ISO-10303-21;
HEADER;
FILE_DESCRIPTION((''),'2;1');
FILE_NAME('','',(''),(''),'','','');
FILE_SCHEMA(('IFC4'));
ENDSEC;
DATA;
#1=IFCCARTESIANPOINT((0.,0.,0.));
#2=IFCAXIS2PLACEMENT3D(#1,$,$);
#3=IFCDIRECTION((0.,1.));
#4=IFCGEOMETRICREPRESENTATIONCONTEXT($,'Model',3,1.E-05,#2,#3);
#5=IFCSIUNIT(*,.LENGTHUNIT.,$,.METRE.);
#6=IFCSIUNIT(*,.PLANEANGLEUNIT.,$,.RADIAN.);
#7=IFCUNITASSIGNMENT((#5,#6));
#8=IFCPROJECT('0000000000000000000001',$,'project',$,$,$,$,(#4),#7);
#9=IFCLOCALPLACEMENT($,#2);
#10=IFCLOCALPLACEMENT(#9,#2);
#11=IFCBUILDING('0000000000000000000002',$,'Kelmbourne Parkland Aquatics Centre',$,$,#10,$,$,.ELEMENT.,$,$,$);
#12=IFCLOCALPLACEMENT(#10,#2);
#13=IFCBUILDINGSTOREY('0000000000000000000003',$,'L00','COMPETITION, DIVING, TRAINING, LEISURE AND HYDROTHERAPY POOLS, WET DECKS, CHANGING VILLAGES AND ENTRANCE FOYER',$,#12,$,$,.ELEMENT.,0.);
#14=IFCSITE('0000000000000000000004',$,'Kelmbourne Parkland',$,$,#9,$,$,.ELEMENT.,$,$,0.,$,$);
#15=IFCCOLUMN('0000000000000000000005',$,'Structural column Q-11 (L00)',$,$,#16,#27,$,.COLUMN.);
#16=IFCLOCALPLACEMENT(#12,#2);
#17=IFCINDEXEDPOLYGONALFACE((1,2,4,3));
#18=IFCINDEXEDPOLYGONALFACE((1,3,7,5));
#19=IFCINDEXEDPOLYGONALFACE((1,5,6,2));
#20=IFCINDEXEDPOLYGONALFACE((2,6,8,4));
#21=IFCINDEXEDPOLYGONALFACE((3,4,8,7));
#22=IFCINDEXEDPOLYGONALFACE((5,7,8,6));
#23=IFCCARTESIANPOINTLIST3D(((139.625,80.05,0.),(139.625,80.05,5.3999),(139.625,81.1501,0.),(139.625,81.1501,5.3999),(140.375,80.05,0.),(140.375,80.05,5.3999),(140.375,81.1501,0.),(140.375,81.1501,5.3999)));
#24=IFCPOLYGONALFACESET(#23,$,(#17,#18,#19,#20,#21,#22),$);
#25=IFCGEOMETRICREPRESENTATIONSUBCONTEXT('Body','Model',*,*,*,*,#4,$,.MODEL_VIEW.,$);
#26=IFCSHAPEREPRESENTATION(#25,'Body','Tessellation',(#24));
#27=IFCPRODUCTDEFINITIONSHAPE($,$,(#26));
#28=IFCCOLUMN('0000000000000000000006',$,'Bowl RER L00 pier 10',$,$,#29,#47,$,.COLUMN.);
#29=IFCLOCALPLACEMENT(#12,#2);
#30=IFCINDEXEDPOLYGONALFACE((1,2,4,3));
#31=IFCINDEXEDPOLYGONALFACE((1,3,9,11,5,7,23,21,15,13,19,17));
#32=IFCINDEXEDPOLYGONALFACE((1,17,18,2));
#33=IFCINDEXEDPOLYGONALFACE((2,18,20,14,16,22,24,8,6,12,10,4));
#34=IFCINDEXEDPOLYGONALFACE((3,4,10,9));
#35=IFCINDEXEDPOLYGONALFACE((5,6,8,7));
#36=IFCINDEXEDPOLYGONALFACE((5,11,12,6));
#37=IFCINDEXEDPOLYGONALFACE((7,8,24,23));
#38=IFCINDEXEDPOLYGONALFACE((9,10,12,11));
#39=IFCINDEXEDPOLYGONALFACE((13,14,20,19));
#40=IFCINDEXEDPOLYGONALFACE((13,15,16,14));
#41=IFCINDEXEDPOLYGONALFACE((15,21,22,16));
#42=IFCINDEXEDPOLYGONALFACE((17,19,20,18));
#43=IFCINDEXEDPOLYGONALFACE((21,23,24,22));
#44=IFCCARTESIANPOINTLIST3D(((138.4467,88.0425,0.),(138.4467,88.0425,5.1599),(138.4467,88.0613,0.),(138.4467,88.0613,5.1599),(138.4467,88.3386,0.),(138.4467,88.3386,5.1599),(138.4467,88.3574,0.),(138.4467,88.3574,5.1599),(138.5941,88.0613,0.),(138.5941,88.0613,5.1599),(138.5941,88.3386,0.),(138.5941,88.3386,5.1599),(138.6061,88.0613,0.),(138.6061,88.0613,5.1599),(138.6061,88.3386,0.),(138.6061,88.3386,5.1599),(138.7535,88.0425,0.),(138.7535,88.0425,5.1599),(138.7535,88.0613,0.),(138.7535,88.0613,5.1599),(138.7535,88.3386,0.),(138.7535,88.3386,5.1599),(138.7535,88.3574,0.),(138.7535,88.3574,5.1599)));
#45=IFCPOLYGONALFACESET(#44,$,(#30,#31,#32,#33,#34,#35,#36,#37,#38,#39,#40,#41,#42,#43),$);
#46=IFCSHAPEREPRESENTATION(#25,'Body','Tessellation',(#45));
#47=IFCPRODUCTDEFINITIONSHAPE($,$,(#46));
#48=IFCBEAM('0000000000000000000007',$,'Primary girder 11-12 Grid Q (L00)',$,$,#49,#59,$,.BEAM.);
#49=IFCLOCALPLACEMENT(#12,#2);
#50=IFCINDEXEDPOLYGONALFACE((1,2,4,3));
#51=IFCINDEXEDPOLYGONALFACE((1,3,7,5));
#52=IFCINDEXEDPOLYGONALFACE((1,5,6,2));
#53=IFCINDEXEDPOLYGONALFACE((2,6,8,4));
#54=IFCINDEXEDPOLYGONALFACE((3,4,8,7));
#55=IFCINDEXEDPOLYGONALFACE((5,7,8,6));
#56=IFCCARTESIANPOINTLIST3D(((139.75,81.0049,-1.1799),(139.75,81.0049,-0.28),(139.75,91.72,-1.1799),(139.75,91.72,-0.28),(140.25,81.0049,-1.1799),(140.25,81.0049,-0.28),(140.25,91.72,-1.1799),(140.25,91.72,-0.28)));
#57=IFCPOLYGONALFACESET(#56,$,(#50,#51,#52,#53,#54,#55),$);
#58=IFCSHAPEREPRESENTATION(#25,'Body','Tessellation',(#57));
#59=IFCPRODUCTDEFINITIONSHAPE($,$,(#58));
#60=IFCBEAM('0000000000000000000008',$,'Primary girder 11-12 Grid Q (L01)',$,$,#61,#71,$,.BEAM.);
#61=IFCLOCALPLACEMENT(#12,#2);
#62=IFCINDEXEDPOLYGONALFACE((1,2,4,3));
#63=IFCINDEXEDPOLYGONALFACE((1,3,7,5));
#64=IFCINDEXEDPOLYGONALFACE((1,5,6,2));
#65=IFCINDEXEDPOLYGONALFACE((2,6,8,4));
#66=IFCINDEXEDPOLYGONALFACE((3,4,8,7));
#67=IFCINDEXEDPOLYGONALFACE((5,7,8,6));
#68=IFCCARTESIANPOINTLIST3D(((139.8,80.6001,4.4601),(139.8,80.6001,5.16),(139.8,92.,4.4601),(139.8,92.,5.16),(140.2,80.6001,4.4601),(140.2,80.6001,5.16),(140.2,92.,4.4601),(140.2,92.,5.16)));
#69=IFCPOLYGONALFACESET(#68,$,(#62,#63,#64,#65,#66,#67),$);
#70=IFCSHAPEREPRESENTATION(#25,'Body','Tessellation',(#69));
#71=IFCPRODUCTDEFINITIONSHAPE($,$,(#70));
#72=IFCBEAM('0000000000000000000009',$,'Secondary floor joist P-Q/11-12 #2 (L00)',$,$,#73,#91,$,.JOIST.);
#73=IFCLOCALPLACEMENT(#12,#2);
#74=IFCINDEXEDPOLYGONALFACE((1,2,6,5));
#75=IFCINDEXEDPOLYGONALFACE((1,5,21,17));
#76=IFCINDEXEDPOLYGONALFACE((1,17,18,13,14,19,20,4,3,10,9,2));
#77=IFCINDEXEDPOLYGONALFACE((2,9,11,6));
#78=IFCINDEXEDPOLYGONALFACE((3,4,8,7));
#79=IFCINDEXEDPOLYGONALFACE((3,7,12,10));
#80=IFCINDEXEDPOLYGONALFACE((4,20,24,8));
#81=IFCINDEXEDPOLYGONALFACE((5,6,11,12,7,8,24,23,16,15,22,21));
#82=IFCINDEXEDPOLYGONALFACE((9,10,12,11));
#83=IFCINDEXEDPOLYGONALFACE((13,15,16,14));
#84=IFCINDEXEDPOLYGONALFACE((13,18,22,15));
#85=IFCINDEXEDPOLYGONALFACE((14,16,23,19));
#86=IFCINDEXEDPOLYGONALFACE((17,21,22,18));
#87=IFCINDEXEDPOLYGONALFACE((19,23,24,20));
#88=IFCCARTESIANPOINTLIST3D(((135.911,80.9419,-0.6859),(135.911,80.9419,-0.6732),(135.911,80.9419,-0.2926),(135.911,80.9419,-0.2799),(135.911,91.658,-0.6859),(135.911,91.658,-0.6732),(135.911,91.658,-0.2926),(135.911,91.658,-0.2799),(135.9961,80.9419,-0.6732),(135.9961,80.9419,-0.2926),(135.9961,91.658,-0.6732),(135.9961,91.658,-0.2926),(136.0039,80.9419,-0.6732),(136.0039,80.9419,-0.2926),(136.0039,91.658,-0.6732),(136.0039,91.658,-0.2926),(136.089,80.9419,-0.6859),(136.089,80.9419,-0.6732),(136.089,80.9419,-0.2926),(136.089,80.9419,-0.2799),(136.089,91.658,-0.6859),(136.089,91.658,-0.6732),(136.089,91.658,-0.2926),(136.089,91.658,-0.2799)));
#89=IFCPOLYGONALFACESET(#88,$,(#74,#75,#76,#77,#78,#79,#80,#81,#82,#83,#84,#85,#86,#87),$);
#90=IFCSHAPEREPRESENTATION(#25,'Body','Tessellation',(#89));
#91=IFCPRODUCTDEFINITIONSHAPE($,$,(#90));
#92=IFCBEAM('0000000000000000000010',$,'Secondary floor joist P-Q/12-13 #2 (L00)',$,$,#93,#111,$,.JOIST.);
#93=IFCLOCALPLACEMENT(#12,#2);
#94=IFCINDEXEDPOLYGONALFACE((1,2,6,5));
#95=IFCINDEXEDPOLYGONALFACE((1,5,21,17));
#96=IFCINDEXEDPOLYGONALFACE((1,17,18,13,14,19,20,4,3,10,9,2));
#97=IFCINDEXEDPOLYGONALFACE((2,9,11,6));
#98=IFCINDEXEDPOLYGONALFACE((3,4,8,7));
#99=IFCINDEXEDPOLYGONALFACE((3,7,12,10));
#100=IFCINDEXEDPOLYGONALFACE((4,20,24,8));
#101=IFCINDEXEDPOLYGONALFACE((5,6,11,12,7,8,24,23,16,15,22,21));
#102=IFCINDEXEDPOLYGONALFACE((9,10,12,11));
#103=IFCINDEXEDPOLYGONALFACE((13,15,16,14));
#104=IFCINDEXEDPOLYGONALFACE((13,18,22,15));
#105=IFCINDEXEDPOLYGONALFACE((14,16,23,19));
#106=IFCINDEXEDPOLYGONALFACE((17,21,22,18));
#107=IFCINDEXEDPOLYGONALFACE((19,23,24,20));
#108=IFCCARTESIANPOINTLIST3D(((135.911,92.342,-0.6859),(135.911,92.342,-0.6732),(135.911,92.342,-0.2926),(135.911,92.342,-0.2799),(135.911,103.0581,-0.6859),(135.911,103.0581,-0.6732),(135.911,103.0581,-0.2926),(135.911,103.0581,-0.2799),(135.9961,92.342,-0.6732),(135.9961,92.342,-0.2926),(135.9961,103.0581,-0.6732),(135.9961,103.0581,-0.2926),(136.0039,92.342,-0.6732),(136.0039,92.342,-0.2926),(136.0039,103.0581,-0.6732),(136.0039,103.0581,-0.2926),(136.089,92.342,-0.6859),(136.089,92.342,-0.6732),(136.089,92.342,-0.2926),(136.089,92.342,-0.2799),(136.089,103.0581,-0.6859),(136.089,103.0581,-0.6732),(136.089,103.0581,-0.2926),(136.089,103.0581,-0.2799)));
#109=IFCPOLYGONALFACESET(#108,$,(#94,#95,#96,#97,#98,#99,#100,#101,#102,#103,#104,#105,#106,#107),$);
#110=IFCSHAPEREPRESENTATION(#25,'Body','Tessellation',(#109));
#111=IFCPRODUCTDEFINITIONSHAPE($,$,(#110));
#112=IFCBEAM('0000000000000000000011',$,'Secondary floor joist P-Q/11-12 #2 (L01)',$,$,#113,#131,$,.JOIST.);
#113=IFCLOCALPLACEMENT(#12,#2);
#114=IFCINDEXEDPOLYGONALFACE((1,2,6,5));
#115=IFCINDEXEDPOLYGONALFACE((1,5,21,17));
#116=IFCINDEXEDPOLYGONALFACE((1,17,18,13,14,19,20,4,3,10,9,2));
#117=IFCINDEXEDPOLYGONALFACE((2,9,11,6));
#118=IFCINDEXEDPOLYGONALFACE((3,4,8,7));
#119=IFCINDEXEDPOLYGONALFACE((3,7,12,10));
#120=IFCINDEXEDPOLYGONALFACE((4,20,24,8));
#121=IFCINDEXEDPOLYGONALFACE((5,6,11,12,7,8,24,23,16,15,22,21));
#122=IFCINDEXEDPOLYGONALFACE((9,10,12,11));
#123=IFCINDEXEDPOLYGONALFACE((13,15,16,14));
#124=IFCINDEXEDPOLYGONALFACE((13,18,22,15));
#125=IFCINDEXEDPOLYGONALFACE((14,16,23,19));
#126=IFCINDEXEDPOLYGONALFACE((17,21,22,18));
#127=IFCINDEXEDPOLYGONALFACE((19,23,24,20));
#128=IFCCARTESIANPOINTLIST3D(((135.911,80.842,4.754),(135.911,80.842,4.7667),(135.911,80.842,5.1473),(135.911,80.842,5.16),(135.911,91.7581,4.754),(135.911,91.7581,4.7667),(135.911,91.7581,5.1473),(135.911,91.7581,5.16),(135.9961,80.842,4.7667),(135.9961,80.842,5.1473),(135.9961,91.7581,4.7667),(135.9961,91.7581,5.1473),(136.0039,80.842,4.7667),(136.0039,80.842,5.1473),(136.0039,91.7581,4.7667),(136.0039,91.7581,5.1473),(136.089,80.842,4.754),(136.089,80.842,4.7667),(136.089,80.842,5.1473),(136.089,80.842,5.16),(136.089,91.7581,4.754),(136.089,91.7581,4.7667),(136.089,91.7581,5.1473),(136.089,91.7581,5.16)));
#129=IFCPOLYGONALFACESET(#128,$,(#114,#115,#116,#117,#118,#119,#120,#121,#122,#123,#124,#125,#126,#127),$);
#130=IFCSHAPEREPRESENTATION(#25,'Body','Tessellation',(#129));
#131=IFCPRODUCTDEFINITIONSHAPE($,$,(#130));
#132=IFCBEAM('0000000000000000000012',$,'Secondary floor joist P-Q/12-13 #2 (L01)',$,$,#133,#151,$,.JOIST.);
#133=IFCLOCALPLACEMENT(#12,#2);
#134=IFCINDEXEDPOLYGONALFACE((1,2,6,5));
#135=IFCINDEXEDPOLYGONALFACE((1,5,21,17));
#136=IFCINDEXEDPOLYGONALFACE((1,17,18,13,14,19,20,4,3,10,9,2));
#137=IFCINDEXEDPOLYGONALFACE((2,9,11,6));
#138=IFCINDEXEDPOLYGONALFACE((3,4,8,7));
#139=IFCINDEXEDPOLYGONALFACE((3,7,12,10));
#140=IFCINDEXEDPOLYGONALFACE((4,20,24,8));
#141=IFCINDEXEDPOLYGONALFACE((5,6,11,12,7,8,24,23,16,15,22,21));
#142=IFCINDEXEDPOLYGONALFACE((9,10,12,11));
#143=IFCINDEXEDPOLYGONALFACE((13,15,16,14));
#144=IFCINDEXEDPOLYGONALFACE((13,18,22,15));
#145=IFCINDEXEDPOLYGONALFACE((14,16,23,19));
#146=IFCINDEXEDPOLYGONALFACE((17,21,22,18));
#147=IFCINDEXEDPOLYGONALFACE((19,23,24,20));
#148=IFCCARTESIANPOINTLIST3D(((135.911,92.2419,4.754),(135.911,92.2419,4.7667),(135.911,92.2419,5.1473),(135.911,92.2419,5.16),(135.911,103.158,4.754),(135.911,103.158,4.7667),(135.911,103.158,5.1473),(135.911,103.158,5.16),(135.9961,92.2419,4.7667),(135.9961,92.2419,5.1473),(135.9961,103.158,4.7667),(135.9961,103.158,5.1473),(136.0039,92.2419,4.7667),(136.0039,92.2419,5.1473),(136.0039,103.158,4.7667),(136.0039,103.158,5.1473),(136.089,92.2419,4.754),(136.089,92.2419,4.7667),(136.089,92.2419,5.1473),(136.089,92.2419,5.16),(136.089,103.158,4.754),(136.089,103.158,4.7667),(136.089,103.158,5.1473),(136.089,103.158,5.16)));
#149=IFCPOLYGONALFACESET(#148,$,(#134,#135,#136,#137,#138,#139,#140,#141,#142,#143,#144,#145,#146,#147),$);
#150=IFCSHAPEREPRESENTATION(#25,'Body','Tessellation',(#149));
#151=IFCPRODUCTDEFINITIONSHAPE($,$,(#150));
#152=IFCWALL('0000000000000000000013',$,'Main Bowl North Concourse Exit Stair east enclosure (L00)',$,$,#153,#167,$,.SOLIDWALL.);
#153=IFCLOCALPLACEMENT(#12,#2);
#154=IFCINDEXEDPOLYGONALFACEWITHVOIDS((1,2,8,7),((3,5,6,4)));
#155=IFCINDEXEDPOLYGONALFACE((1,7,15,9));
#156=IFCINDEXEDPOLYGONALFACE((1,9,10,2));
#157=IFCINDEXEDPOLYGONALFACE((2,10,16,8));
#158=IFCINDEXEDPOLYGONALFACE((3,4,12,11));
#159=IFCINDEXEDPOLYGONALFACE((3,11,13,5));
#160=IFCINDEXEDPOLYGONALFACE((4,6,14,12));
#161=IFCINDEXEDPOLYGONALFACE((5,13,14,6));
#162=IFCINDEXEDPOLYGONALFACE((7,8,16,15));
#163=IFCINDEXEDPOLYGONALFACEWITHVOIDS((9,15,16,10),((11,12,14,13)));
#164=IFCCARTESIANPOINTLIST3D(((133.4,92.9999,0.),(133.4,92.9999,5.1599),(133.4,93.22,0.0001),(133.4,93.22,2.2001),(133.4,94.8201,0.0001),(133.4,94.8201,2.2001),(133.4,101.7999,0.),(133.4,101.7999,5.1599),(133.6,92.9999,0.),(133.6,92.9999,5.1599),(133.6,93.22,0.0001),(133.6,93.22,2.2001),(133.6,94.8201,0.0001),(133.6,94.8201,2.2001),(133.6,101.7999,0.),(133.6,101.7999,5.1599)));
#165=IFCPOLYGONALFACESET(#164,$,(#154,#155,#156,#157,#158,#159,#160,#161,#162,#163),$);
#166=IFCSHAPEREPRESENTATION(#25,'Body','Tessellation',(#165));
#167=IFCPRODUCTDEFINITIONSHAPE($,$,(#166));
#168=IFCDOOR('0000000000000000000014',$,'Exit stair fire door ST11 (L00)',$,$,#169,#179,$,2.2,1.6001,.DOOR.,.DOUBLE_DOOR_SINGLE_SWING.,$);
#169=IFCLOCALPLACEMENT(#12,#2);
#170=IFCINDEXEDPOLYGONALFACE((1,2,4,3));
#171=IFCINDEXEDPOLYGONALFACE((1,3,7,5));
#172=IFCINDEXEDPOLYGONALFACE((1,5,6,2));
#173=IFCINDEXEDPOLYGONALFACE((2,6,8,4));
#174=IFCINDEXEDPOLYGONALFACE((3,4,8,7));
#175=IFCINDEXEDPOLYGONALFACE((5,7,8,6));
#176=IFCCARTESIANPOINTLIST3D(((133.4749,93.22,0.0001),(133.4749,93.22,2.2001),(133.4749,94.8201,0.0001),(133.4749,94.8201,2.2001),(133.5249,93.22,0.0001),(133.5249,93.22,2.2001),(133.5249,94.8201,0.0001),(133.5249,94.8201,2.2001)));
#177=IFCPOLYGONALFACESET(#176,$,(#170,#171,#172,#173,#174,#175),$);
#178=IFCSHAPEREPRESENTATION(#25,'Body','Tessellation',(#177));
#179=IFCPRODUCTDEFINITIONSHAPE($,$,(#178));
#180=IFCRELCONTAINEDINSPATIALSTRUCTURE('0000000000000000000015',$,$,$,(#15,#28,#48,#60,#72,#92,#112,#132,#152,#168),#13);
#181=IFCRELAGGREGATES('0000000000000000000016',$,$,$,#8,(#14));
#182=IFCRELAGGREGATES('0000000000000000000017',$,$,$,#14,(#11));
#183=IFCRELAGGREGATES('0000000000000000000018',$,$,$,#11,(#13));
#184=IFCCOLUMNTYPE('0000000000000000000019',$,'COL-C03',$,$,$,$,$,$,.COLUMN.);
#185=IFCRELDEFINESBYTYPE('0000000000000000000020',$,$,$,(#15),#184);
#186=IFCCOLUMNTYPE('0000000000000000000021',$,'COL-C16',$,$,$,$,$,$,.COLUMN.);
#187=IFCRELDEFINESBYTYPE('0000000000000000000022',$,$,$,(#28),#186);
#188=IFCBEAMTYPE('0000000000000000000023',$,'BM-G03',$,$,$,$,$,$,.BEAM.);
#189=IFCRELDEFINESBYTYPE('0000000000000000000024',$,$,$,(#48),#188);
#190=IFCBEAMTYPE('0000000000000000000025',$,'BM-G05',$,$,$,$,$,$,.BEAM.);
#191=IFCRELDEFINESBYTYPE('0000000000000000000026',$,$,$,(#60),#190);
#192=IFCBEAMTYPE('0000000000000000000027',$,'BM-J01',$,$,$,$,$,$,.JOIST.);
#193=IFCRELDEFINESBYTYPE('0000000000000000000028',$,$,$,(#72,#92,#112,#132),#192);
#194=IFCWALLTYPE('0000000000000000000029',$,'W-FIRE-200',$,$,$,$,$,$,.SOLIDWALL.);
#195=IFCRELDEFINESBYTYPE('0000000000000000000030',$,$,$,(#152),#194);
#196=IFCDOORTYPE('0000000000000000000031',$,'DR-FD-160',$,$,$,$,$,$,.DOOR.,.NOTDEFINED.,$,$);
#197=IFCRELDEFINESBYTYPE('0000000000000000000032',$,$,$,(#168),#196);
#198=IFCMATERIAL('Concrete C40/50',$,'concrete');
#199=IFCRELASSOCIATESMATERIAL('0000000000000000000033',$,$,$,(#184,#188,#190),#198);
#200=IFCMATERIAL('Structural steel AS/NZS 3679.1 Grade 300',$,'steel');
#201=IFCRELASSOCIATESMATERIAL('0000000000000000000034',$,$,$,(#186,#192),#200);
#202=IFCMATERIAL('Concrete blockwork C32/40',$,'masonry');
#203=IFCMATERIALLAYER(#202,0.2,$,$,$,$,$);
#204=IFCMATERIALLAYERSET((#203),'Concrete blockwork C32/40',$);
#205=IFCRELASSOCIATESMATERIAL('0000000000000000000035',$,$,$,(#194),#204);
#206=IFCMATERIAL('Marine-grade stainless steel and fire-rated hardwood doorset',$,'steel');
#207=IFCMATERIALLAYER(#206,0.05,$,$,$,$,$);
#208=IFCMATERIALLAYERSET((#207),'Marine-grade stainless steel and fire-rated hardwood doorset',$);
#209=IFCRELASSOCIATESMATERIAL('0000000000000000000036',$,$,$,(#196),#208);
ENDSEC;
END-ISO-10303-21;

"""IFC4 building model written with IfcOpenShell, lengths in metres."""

from ifc_helpers import new_model, si_unit, direction, frame, frame_2d, origin, origin_2d, place, context, subcontext, project, spatial, rectangle, i_section, extrude, material, layer, layer_set, material_profile, profile_set, type_object, element, fill, save


model = new_model("IFC4")

# Units and contexts
model_context = context("Model", 3, precision=1e-05, world=origin(), true_north=direction((0.0, 1.0)))
body_context = subcontext(model_context, "Body", "Model", "MODEL_VIEW")
ifc_project = project(units=[si_unit("LENGTHUNIT", "METRE"), si_unit("PLANEANGLEUNIT", "RADIAN")], contexts=[model_context])

# Site, building, storey
site_placement = place(None, origin())
site = spatial("IfcSite", under=ifc_project, at=site_placement, Name="Kelmbourne Parkland", CompositionType="ELEMENT", RefElevation=0.0)
building_placement = place(site_placement, origin())
building = spatial("IfcBuilding", under=site, at=building_placement, Name="Kelmbourne Parkland Aquatics Centre", CompositionType="ELEMENT")
storey_placement = place(building_placement, origin())
storey = spatial("IfcBuildingStorey", under=building, at=storey_placement, Name="L00", Description="COMPETITION, DIVING, TRAINING, LEISURE AND HYDROTHERAPY POOLS, WET DECKS, CHANGING VILLAGES AND ENTRANCE FOYER", CompositionType="ELEMENT", Elevation=0.0)

# Columns
ifc_material_1 = material(Name="Concrete C40/50", Category="concrete")
ifc_material_profile_1 = material_profile(ifc_material_1, rectangle(XDim=0.75, YDim=1.1001, at=origin_2d()), Name="RC 750x1100")
ifc_profile_set_1 = profile_set([ifc_material_profile_1], Name="Concrete C40/50")
column_type_1 = type_object("IfcColumnType", Name="COL-C03", PredefinedType="COLUMN", material=ifc_profile_set_1)
column_1_placement = place(storey_placement, frame((140.0, 80.6001, 0.0), z_axis=(0.0, 0.0, 1.0), x_axis=(1.0, 0.0, 0.0)))
element("IfcColumn", 1, at=column_1_placement, inside=storey, type_object=column_type_1, Name="Structural column Q-11 (L00)", PredefinedType="COLUMN", context=body_context, shape_type="SweptSolid", body=[
    extrude(rectangle(XDim=0.75, YDim=1.1001, at=origin_2d()), origin(), (0.0, 0.0, 1.0), 5.3999),
])
ifc_material_2 = material(Name="Structural steel AS/NZS 3679.1 Grade 300", Category="steel")
ifc_material_profile_2 = material_profile(ifc_material_2, i_section(OverallWidth=0.3069, OverallDepth=0.3149, WebThickness=0.012, FlangeThickness=0.0188, at=origin_2d()), Name="310UC118")
ifc_profile_set_2 = profile_set([ifc_material_profile_2], Name="Structural steel AS/NZS 3679.1 Grade 300")
column_type_2 = type_object("IfcColumnType", Name="COL-C16", PredefinedType="COLUMN", material=ifc_profile_set_2)
column_2_placement = place(storey_placement, frame((138.6001, 88.2, 0.0), z_axis=(0.0, 0.0, 1.0), x_axis=(1.0, 0.0, 0.0)))
element("IfcColumn", 2, at=column_2_placement, inside=storey, type_object=column_type_2, Name="Bowl RER L00 pier 10", PredefinedType="COLUMN", context=body_context, shape_type="SweptSolid", body=[
    extrude(i_section(OverallWidth=0.3069, OverallDepth=0.3149, WebThickness=0.012, FlangeThickness=0.0188, at=origin_2d()), origin(), (0.0, 0.0, 1.0), 5.1599),
])

# Beams
ifc_material_profile_3 = material_profile(ifc_material_1, rectangle(XDim=0.5, YDim=0.8999, at=origin_2d()), Name="RC 500x900")
ifc_profile_set_3 = profile_set([ifc_material_profile_3], Name="Concrete C40/50")
beam_type_1 = type_object("IfcBeamType", Name="BM-G03", PredefinedType="BEAM", material=ifc_profile_set_3)
beam_1_placement = place(storey_placement, frame((140.0, 81.0049, -0.73), z_axis=(0.0, 1.0, 0.0), x_axis=(-1.0, 0.0, 0.0)))
element("IfcBeam", 3, at=beam_1_placement, inside=storey, type_object=beam_type_1, Name="Primary girder 11-12 Grid Q (L00)", PredefinedType="BEAM", context=body_context, shape_type="SweptSolid", body=[
    extrude(rectangle(XDim=0.5, YDim=0.8999, at=origin_2d()), origin(), (0.0, 0.0, 1.0), 10.7151),
])
ifc_material_profile_4 = material_profile(ifc_material_1, rectangle(XDim=0.3999, YDim=0.7, at=origin_2d()), Name="RC 400x700")
ifc_profile_set_4 = profile_set([ifc_material_profile_4], Name="Concrete C40/50")
beam_type_2 = type_object("IfcBeamType", Name="BM-G05", PredefinedType="BEAM", material=ifc_profile_set_4)
beam_2_placement = place(storey_placement, frame((140.0, 80.6001, 4.8101), z_axis=(0.0, 1.0, 0.0), x_axis=(-1.0, 0.0, 0.0)))
element("IfcBeam", 4, at=beam_2_placement, inside=storey, type_object=beam_type_2, Name="Primary girder 11-12 Grid Q (L01)", PredefinedType="BEAM", context=body_context, shape_type="SweptSolid", body=[
    extrude(rectangle(XDim=0.3999, YDim=0.7, at=origin_2d()), origin(), (0.0, 0.0, 1.0), 11.3999),
])
ifc_material_profile_5 = material_profile(ifc_material_2, i_section(OverallWidth=0.178, OverallDepth=0.406, WebThickness=0.0078, FlangeThickness=0.0127, at=origin_2d()), Name="410UB59.7")
ifc_profile_set_5 = profile_set([ifc_material_profile_5], Name="Structural steel AS/NZS 3679.1 Grade 300")
beam_type_3 = type_object("IfcBeamType", Name="BM-J01", PredefinedType="JOIST", material=ifc_profile_set_5)
for number, where, z_axis, x_axis, name in (
    (5, (136.0, 80.9419, -0.4829), (0.0, 1.0, 0.0), (-1.0, 0.0, 0.0), "Secondary floor joist P-Q/11-12 #2 (L00)"),
    (6, (136.0, 92.342, -0.4829), (0.0, 1.0, 0.0), (-1.0, 0.0, 0.0), "Secondary floor joist P-Q/12-13 #2 (L00)"),
):
    element("IfcBeam", number, at=place(storey_placement, frame(where, z_axis=z_axis, x_axis=x_axis)), inside=storey, type_object=beam_type_3, Name=name, PredefinedType="JOIST", context=body_context, shape_type="SweptSolid", body=[
        extrude(i_section(OverallWidth=0.178, OverallDepth=0.406, WebThickness=0.0078, FlangeThickness=0.0127, at=origin_2d()), origin(), (0.0, 0.0, 1.0), 10.7161),
    ])
for number, where, z_axis, x_axis, name in (
    (7, (136.0, 80.842, 4.957), (0.0, 1.0, 0.0), (-1.0, 0.0, 0.0), "Secondary floor joist P-Q/11-12 #2 (L01)"),
    (8, (136.0, 92.2419, 4.957), (0.0, 1.0, 0.0), (-1.0, 0.0, 0.0), "Secondary floor joist P-Q/12-13 #2 (L01)"),
):
    element("IfcBeam", number, at=place(storey_placement, frame(where, z_axis=z_axis, x_axis=x_axis)), inside=storey, type_object=beam_type_3, Name=name, PredefinedType="JOIST", context=body_context, shape_type="SweptSolid", body=[
        extrude(i_section(OverallWidth=0.178, OverallDepth=0.406, WebThickness=0.0078, FlangeThickness=0.0127, at=origin_2d()), origin(), (0.0, 0.0, 1.0), 10.916),
    ])

# Wall, opening, door
ifc_material_3 = material(Name="Concrete blockwork C32/40", Category="masonry")
ifc_layer_1 = layer(ifc_material_3, 0.2)
ifc_layer_set_1 = layer_set([ifc_layer_1], Name="Concrete blockwork C32/40")
wall_type = type_object("IfcWallType", Name="W-FIRE-200", PredefinedType="SOLIDWALL", material=ifc_layer_set_1)
wall_1_placement = place(storey_placement, frame((133.5, 93.0, 0.0), z_axis=(0.0, 0.0, 1.0), x_axis=(0.0, 1.0, 0.0)))
wall_1 = element("IfcWall", 9, at=wall_1_placement, inside=storey, type_object=wall_type, Name="Main Bowl North Concourse Exit Stair east enclosure (L00)", PredefinedType="SOLIDWALL", context=body_context, shape_type="SweptSolid", body=[
    extrude(rectangle(XDim=8.8, YDim=0.2, at=frame_2d((4.3999, 0.0))), origin(), (0.0, 0.0, 1.0), 5.1599),
])
opening_1_placement = place(wall_1_placement, frame((0.22, 0.0, 0.0)))
opening_1 = element("IfcOpeningElement", 10, at=opening_1_placement, cuts=wall_1, PredefinedType="OPENING", context=body_context, shape_type="SweptSolid", body=[
    extrude(rectangle(XDim=1.6001, YDim=2.2, at=frame_2d((0.8, 1.1001))), frame((0.0, 0.1118, 0.0), z_axis=(0.0, -1.0, 0.0), x_axis=(1.0, 0.0, 0.0)), (0.0, 0.0, 1.0), 0.2239),
])
ifc_material_4 = material(Name="Marine-grade stainless steel and fire-rated hardwood doorset", Category="steel")
ifc_layer_2 = layer(ifc_material_4, 0.05)
ifc_layer_set_2 = layer_set([ifc_layer_2], Name="Marine-grade stainless steel and fire-rated hardwood doorset")
door_type = type_object("IfcDoorType", Name="DR-FD-160", OperationType="NOTDEFINED", PredefinedType="DOOR", material=ifc_layer_set_2)
door_1_placement = place(opening_1_placement, frame((1.6001, 0.0, 0.0), z_axis=(0.0, 0.0, 1.0), x_axis=(-1.0, 0.0, 0.0)))
door_1 = element("IfcDoor", 11, at=door_1_placement, inside=storey, type_object=door_type, Name="Exit stair fire door ST11 (L00)", OperationType="DOUBLE_DOOR_SINGLE_SWING", OverallHeight=2.2, OverallWidth=1.6001, PredefinedType="DOOR", context=body_context, shape_type="SweptSolid", body=[
    extrude(rectangle(XDim=1.6001, YDim=2.2, at=frame_2d((0.8, 1.1001))), frame((0.0, 0.0249, 0.0), z_axis=(0.0, -1.0, 0.0), x_axis=(1.0, 0.0, 0.0)), (0.0, 0.0, 1.0), 0.05),
])
fill(opening_1, door_1)

save(model, "model.ifc")
